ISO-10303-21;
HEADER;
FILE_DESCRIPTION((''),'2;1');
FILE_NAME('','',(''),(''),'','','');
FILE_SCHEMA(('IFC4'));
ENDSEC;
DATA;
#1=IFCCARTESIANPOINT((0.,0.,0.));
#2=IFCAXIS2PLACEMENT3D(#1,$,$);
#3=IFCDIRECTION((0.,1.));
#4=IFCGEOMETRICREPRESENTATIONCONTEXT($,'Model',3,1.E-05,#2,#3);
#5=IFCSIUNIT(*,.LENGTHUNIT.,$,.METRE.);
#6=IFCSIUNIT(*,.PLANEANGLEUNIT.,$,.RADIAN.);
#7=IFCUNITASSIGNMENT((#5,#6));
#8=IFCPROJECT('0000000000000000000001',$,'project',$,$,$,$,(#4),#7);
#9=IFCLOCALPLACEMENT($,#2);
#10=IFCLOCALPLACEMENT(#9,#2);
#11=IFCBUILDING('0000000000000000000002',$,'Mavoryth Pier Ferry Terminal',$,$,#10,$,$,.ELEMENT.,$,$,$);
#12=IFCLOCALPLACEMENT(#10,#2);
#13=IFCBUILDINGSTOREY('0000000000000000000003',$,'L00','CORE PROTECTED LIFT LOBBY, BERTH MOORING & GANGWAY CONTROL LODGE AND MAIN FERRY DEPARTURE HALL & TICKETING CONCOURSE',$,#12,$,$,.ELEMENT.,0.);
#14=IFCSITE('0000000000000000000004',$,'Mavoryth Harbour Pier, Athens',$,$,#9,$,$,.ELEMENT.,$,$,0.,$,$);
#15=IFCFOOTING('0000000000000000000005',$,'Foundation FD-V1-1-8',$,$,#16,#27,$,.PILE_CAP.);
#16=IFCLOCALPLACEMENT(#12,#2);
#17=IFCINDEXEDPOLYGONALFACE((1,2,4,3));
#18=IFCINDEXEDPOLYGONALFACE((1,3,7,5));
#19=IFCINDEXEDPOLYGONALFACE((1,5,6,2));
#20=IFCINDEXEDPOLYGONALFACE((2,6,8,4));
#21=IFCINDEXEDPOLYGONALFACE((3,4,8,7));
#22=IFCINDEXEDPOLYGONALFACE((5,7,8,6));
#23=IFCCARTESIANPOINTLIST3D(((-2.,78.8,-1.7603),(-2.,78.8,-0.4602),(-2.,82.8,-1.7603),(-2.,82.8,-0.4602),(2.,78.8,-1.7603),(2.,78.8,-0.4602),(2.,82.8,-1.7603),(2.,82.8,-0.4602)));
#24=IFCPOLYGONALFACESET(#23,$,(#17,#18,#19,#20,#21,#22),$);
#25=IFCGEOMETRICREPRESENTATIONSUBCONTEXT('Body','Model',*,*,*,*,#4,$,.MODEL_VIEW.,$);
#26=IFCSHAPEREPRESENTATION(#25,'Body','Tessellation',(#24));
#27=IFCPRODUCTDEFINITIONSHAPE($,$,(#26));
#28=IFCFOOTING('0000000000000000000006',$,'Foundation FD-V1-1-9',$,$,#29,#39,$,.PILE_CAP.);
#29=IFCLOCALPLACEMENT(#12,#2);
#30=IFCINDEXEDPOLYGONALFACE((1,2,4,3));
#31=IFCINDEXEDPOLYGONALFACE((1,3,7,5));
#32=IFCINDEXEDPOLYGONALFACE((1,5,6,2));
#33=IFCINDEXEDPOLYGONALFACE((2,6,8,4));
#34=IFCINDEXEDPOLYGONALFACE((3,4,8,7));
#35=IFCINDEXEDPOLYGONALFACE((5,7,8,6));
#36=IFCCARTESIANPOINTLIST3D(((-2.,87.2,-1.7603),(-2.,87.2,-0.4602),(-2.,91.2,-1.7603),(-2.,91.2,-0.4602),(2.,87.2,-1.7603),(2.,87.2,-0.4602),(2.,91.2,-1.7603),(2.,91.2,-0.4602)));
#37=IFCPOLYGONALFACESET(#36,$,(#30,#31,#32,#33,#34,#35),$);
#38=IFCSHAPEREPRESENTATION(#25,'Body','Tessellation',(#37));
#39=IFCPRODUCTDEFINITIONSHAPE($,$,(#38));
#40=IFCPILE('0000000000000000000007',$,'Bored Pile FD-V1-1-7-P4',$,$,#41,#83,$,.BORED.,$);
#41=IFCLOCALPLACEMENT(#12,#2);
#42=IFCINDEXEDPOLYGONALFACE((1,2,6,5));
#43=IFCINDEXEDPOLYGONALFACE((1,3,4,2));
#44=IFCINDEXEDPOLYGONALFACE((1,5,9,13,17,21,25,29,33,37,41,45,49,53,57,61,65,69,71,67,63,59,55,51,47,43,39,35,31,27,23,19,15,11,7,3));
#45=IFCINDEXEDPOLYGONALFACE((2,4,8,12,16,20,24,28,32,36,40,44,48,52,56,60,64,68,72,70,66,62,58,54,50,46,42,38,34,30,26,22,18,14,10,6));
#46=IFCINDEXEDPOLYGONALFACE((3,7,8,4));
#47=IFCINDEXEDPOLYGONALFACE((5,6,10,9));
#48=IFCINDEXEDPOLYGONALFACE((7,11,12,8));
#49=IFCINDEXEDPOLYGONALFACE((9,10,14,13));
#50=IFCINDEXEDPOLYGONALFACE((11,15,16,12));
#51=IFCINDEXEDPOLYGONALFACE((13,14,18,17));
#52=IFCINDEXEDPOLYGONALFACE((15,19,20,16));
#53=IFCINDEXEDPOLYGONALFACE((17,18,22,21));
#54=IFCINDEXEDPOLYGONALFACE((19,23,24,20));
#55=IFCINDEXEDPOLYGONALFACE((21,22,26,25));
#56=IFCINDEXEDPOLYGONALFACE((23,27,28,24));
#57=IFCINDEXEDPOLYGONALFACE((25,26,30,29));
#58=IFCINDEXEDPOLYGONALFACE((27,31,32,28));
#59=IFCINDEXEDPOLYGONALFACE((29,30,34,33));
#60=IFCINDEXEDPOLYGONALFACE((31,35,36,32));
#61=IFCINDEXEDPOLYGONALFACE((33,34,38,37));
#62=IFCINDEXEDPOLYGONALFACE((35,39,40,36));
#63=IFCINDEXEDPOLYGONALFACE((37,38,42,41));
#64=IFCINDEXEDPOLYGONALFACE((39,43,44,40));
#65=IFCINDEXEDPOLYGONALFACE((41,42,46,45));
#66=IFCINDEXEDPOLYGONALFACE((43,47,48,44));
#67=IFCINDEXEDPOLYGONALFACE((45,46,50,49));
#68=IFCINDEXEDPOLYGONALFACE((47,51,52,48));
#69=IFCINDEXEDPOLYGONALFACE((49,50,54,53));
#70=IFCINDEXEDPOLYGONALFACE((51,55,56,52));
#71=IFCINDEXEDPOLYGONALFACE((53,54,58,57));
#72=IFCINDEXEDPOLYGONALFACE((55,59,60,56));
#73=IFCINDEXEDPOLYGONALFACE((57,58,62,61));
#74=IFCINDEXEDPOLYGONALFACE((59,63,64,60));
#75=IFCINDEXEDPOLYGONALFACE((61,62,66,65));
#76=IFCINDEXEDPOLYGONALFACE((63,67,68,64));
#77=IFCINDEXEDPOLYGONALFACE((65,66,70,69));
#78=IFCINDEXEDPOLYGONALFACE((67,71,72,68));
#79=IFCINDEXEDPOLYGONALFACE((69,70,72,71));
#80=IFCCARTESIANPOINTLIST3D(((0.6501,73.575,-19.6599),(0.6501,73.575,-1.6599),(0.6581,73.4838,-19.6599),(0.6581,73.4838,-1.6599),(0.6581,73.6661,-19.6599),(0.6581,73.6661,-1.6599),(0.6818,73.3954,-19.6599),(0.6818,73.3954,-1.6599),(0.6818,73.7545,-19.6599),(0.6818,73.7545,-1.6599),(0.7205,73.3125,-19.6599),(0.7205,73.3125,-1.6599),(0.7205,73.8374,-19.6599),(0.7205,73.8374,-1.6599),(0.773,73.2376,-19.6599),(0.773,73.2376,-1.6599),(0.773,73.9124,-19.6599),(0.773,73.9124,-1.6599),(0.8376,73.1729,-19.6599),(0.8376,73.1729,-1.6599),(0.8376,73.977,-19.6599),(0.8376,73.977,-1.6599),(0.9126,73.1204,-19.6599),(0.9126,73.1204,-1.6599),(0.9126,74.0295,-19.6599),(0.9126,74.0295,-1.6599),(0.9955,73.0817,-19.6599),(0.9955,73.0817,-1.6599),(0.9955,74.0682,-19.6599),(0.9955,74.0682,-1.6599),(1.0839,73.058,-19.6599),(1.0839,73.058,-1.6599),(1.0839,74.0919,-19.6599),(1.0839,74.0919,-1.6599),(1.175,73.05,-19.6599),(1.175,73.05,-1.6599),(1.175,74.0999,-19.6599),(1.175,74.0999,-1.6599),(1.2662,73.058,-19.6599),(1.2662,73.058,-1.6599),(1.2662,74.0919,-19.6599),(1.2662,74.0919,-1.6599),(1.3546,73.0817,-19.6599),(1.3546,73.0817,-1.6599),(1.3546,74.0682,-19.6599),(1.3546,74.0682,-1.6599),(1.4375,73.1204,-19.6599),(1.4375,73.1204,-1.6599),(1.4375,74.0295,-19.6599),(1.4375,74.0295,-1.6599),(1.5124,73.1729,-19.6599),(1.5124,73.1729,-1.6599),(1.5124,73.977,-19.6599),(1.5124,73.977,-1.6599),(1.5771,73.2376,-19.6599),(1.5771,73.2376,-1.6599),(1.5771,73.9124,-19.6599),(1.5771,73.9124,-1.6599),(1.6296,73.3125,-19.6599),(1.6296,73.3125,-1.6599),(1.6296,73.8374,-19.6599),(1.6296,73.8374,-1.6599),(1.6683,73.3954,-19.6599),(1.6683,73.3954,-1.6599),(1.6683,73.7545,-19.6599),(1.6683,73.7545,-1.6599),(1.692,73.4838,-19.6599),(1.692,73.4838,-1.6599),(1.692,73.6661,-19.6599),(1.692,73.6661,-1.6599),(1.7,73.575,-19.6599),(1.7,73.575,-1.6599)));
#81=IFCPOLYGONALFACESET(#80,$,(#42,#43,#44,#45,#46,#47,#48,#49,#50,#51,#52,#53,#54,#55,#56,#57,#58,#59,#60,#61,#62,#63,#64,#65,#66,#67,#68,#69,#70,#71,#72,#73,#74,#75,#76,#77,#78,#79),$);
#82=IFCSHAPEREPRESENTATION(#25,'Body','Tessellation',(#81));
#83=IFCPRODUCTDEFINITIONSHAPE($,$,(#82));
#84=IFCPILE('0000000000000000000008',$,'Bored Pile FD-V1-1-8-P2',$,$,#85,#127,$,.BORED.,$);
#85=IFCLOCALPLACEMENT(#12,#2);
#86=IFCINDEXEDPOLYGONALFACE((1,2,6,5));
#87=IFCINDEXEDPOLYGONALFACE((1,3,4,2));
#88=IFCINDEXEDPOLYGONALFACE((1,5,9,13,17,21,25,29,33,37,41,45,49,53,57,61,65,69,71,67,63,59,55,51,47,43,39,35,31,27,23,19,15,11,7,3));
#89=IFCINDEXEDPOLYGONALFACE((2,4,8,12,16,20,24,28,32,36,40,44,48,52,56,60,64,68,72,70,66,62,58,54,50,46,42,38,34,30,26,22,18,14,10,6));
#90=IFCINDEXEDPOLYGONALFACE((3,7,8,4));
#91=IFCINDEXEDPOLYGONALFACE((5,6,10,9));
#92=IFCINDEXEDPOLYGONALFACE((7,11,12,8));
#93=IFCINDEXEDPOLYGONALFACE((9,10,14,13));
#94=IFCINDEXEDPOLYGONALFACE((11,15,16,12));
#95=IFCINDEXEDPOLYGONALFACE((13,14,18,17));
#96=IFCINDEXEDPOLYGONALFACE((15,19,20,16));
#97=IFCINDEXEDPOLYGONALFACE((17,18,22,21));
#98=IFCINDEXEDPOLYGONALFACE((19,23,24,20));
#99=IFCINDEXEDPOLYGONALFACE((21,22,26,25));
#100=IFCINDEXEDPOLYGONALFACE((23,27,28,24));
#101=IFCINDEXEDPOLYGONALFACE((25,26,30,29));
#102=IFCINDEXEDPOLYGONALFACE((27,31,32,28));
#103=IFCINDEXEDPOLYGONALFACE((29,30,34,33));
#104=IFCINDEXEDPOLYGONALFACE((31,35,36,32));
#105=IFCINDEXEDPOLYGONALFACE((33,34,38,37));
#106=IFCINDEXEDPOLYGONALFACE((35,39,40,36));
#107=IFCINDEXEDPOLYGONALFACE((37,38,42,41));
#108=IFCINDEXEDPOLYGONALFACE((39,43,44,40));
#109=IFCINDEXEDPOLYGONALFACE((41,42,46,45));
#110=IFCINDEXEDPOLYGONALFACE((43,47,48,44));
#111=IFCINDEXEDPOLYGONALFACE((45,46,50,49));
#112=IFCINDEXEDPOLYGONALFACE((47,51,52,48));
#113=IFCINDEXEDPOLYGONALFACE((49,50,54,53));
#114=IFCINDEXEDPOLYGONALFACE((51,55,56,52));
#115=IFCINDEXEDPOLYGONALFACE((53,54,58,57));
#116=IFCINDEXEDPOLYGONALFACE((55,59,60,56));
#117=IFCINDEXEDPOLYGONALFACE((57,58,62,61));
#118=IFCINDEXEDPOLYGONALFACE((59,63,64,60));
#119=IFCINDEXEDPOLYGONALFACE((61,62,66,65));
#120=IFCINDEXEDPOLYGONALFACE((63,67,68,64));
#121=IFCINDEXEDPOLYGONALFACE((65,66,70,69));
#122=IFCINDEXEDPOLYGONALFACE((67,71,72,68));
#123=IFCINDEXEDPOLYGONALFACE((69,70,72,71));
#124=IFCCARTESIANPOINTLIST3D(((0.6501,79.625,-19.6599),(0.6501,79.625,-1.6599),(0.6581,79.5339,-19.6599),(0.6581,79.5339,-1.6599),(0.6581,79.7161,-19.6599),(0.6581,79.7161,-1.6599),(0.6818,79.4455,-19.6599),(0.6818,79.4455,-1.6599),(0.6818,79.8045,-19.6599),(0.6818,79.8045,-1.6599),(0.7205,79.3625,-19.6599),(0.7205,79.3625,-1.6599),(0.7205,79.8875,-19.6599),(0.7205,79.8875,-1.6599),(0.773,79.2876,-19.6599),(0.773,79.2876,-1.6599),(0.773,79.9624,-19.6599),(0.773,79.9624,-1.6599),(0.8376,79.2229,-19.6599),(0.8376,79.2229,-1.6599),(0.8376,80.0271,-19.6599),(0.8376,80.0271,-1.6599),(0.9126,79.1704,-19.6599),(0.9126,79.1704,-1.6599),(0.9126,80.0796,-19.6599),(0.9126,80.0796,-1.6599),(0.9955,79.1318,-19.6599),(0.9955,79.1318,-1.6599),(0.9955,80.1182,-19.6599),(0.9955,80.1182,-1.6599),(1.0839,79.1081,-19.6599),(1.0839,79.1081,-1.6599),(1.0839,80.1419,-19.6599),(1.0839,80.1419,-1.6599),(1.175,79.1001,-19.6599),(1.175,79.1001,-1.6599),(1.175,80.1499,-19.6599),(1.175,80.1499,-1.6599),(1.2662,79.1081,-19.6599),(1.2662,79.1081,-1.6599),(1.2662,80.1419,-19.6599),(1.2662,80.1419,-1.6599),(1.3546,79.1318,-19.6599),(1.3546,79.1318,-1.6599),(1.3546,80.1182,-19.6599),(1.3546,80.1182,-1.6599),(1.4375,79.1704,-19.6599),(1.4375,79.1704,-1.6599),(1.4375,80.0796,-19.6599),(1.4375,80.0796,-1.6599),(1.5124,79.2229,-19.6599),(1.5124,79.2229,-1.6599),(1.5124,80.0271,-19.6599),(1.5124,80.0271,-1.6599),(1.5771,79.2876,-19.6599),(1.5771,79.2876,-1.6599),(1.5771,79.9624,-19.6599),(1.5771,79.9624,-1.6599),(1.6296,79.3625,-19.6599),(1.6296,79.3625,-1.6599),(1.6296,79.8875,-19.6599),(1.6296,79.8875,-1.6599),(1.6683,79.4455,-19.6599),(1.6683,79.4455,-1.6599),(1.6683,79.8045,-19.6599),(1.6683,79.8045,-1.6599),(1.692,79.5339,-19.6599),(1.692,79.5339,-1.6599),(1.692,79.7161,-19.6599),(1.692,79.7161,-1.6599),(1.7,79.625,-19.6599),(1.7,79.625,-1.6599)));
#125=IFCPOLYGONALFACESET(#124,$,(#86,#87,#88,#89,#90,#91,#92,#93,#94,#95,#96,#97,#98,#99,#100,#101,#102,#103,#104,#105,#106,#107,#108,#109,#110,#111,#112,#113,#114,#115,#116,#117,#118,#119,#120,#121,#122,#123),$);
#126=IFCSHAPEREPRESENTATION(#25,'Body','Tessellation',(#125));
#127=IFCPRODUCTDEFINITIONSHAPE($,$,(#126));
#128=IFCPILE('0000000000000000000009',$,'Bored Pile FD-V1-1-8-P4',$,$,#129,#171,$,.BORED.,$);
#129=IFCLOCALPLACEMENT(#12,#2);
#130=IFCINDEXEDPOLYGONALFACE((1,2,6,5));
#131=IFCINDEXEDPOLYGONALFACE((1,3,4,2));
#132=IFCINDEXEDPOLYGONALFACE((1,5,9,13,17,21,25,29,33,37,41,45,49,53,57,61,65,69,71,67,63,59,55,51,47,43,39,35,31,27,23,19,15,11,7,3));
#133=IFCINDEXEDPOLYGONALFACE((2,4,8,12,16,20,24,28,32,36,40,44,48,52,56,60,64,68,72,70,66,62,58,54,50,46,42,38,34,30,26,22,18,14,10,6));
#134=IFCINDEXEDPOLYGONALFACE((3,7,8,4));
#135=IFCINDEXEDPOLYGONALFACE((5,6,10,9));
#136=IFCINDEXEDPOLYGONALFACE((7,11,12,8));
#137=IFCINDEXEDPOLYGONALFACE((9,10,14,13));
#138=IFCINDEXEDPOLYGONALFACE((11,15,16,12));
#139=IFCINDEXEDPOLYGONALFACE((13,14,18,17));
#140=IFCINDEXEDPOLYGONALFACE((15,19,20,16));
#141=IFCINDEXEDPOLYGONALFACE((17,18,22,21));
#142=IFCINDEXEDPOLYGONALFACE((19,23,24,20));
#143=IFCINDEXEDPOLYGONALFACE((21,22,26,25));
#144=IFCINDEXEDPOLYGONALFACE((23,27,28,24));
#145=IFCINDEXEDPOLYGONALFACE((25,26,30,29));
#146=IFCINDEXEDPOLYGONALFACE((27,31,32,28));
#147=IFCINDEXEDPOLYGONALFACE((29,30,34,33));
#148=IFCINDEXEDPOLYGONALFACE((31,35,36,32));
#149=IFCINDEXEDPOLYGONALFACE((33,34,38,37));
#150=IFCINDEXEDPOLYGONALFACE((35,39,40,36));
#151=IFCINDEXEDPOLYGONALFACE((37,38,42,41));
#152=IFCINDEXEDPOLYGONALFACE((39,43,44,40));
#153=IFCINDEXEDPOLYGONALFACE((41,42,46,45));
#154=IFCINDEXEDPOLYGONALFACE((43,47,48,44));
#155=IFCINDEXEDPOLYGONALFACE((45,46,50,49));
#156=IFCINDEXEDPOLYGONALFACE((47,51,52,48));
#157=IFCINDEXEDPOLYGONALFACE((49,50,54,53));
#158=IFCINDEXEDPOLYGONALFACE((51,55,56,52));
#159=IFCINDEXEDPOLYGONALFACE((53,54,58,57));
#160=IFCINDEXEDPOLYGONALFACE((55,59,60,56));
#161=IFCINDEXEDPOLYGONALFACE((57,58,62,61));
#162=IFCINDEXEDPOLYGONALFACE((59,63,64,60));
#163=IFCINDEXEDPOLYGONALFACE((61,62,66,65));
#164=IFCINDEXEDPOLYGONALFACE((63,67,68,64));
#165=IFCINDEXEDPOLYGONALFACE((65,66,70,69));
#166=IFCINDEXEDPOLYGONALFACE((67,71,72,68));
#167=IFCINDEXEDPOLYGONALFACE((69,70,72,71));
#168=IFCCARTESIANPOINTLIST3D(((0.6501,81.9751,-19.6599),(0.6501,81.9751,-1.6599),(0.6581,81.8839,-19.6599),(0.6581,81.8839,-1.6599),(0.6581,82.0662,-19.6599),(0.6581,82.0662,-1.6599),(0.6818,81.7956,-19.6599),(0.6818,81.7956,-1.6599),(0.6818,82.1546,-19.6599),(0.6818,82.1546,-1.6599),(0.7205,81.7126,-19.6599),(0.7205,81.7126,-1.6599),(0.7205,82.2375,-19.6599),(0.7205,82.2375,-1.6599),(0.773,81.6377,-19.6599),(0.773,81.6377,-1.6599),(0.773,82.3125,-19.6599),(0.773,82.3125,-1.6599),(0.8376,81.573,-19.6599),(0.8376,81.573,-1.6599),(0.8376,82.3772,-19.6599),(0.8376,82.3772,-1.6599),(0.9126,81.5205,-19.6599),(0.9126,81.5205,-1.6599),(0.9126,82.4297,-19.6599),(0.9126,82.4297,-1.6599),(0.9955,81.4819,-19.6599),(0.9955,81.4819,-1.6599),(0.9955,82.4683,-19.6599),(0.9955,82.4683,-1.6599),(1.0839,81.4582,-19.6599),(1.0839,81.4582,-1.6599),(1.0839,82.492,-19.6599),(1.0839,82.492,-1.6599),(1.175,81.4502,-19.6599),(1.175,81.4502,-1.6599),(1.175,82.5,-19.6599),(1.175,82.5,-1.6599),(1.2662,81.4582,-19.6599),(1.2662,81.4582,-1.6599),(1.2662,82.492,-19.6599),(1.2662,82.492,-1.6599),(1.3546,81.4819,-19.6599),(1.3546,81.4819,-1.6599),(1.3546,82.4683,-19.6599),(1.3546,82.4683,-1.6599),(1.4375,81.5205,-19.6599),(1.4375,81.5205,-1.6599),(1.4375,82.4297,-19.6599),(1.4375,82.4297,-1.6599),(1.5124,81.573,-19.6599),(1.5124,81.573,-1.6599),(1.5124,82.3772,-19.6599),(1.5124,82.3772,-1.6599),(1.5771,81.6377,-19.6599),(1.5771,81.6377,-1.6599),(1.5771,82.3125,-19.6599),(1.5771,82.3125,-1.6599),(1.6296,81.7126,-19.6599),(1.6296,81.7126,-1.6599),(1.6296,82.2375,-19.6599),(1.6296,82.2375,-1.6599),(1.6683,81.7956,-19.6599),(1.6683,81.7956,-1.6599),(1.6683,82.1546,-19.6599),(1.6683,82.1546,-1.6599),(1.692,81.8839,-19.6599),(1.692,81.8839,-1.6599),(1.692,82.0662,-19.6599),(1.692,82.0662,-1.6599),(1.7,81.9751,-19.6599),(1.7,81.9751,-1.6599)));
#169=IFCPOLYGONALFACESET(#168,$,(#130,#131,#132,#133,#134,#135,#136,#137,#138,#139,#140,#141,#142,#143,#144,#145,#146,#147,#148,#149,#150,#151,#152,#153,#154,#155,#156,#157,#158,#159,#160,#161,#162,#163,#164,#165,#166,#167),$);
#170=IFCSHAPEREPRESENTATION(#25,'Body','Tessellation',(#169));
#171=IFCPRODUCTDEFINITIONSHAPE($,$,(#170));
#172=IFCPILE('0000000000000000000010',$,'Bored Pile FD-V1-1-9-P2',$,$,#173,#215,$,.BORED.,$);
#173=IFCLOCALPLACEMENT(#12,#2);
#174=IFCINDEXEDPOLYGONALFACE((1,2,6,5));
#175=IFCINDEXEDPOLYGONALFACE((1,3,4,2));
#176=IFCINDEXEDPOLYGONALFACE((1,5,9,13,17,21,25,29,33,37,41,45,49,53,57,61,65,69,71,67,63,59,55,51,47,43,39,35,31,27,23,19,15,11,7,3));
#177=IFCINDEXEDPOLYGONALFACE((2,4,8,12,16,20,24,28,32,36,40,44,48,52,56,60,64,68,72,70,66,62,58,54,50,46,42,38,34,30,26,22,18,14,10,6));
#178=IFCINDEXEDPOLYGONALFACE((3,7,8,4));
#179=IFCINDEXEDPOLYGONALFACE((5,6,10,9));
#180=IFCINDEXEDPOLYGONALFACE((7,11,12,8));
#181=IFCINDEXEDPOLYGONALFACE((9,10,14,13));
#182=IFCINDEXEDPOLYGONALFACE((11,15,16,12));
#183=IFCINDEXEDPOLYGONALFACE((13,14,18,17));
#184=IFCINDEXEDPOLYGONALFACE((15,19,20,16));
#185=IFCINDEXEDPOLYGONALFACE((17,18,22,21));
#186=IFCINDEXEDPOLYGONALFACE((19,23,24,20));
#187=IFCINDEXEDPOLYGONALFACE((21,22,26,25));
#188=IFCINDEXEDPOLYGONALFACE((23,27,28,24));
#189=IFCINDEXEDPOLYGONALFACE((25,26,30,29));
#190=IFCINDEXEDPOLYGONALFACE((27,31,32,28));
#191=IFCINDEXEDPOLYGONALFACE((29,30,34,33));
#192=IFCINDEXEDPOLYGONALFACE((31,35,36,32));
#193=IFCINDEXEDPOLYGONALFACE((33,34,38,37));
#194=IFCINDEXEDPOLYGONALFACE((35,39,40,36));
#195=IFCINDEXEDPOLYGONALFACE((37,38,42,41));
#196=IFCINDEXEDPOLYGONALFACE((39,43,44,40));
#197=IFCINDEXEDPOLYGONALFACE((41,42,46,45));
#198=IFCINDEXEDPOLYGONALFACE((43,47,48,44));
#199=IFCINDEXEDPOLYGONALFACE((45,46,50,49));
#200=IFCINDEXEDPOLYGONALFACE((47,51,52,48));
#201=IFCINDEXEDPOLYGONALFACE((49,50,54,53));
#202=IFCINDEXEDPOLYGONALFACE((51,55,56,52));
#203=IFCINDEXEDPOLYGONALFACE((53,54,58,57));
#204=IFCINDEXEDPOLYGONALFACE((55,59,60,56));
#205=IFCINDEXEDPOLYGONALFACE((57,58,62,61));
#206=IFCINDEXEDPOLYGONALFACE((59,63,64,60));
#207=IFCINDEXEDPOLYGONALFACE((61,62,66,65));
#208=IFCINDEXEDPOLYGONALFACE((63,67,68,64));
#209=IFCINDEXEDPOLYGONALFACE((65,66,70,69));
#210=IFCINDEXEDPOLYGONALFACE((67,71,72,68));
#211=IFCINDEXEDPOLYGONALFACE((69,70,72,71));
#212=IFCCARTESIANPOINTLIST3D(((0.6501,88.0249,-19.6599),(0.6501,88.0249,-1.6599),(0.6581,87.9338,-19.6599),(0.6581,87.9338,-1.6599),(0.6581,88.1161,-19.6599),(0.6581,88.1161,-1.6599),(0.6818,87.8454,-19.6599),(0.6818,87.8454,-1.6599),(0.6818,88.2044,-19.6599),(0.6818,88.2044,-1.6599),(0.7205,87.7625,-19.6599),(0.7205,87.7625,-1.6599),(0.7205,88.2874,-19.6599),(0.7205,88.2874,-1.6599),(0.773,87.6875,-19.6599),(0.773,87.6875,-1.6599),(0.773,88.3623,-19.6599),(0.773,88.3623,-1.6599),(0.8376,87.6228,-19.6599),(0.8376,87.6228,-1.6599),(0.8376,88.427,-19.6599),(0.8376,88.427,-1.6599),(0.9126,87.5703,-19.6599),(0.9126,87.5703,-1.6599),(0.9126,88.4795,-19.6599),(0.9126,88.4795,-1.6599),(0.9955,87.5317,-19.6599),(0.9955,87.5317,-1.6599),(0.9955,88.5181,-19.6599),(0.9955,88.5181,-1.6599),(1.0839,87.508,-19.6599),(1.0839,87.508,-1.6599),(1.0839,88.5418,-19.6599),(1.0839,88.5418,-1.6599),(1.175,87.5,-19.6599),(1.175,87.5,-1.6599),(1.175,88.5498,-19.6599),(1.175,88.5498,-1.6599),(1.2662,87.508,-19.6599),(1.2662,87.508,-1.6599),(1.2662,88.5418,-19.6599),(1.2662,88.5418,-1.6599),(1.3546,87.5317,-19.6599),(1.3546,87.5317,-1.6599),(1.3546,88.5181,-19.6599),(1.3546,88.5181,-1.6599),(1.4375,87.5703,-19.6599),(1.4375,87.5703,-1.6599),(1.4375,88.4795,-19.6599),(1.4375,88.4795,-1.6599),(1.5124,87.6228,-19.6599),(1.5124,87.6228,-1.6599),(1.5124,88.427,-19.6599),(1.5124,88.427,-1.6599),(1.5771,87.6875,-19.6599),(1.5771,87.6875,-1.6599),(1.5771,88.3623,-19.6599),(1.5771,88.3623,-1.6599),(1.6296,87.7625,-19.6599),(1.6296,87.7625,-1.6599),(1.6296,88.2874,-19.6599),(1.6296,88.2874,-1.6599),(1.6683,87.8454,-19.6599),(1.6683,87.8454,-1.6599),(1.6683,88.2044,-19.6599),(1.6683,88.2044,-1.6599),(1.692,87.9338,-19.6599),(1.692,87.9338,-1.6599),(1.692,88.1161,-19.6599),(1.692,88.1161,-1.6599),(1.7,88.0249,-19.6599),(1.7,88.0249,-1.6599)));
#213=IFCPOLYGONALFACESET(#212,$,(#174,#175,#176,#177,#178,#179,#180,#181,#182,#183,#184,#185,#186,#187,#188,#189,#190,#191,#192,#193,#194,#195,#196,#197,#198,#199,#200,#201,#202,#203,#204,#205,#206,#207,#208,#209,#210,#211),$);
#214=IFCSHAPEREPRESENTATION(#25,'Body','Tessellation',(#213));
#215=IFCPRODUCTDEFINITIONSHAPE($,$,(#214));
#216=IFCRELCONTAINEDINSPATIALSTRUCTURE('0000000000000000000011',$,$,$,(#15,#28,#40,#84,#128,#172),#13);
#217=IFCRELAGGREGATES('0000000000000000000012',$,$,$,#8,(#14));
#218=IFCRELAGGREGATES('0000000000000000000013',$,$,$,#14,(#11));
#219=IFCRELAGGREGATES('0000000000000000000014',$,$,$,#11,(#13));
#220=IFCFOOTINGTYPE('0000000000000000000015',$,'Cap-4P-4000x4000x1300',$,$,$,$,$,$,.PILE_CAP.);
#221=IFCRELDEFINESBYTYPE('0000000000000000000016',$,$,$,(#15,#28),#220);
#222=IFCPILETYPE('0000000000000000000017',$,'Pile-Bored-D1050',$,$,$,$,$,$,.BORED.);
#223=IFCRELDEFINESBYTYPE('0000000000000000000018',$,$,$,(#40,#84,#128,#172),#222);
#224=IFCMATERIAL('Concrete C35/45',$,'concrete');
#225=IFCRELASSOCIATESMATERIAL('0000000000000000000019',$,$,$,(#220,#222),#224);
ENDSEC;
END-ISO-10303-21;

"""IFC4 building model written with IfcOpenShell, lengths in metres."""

from ifc_helpers import new_model, si_unit, direction, frame, origin, origin_2d, place, context, subcontext, project, spatial, rectangle, circle, extrude, material, material_profile, profile_set, type_object, element, save


model = new_model("IFC4")

# Units and contexts
model_context = context("Model", 3, precision=1e-05, world=origin(), true_north=direction((0.0, 1.0)))
body_context = subcontext(model_context, "Body", "Model", "MODEL_VIEW")
ifc_project = project(units=[si_unit("LENGTHUNIT", "METRE"), si_unit("PLANEANGLEUNIT", "RADIAN")], contexts=[model_context])

# Site, building, storey
site_placement = place(None, origin())
site = spatial("IfcSite", under=ifc_project, at=site_placement, Name="Mavoryth Harbour Pier, Athens", CompositionType="ELEMENT", RefElevation=0.0)
building_placement = place(site_placement, origin())
building = spatial("IfcBuilding", under=site, at=building_placement, Name="Mavoryth Pier Ferry Terminal", CompositionType="ELEMENT")
storey_placement = place(building_placement, origin())
storey = spatial("IfcBuildingStorey", under=building, at=storey_placement, Name="L00", Description="CORE PROTECTED LIFT LOBBY, BERTH MOORING & GANGWAY CONTROL LODGE AND MAIN FERRY DEPARTURE HALL & TICKETING CONCOURSE", CompositionType="ELEMENT", Elevation=0.0)

# Footings
ifc_material_1 = material(Name="Concrete C35/45", Category="concrete")
footing_type_1 = type_object("IfcFootingType", Name="Cap-4P-4000x4000x1300", PredefinedType="PILE_CAP", material=ifc_material_1)
for number, where, z_axis, x_axis, name in (
    (1, (0.0, 80.8, -1.7603), (0.0, 0.0, 1.0), (1.0, 0.0, 0.0), "Foundation FD-V1-1-8"),
    (2, (0.0, 89.2, -1.7603), (0.0, 0.0, 1.0), (1.0, 0.0, 0.0), "Foundation FD-V1-1-9"),
):
    element("IfcFooting", number, at=place(storey_placement, frame(where, z_axis=z_axis, x_axis=x_axis)), inside=storey, type_object=footing_type_1, Name=name, PredefinedType="PILE_CAP", context=body_context, shape_type="SweptSolid", body=[
        extrude(rectangle(XDim=4.0, YDim=4.0, at=origin_2d()), origin(), (0.0, 0.0, 1.0), 1.3),
    ])

# Piles
ifc_material_profile_1 = material_profile(ifc_material_1, circle(Radius=0.5249, at=origin_2d()), Name="PILE D1050", Category="concrete")
ifc_profile_set_1 = profile_set([ifc_material_profile_1], Name="Concrete C35/45 - PILE D1050")
pile_type_1 = type_object("IfcPileType", Name="Pile-Bored-D1050", PredefinedType="BORED", material=ifc_profile_set_1)
for number, where, z_axis, x_axis, name in (
    (3, (1.175, 73.575, -1.6599), (0.0, 0.0, -1.0), (1.0, 0.0, 0.0), "Bored Pile FD-V1-1-7-P4"),
    (4, (1.175, 79.625, -1.6599), (0.0, 0.0, -1.0), (1.0, 0.0, 0.0), "Bored Pile FD-V1-1-8-P2"),
    (5, (1.175, 81.9751, -1.6599), (0.0, 0.0, -1.0), (1.0, 0.0, 0.0), "Bored Pile FD-V1-1-8-P4"),
    (6, (1.175, 88.0249, -1.6599), (0.0, 0.0, -1.0), (1.0, 0.0, 0.0), "Bored Pile FD-V1-1-9-P2"),
):
    element("IfcPile", number, at=place(storey_placement, frame(where, z_axis=z_axis, x_axis=x_axis)), inside=storey, type_object=pile_type_1, Name=name, PredefinedType="BORED", context=body_context, shape_type="SweptSolid", body=[
        extrude(circle(Radius=0.5249, at=origin_2d()), origin(), (0.0, 0.0, 1.0), 18.0),
    ])

save(model, "model.ifc")
